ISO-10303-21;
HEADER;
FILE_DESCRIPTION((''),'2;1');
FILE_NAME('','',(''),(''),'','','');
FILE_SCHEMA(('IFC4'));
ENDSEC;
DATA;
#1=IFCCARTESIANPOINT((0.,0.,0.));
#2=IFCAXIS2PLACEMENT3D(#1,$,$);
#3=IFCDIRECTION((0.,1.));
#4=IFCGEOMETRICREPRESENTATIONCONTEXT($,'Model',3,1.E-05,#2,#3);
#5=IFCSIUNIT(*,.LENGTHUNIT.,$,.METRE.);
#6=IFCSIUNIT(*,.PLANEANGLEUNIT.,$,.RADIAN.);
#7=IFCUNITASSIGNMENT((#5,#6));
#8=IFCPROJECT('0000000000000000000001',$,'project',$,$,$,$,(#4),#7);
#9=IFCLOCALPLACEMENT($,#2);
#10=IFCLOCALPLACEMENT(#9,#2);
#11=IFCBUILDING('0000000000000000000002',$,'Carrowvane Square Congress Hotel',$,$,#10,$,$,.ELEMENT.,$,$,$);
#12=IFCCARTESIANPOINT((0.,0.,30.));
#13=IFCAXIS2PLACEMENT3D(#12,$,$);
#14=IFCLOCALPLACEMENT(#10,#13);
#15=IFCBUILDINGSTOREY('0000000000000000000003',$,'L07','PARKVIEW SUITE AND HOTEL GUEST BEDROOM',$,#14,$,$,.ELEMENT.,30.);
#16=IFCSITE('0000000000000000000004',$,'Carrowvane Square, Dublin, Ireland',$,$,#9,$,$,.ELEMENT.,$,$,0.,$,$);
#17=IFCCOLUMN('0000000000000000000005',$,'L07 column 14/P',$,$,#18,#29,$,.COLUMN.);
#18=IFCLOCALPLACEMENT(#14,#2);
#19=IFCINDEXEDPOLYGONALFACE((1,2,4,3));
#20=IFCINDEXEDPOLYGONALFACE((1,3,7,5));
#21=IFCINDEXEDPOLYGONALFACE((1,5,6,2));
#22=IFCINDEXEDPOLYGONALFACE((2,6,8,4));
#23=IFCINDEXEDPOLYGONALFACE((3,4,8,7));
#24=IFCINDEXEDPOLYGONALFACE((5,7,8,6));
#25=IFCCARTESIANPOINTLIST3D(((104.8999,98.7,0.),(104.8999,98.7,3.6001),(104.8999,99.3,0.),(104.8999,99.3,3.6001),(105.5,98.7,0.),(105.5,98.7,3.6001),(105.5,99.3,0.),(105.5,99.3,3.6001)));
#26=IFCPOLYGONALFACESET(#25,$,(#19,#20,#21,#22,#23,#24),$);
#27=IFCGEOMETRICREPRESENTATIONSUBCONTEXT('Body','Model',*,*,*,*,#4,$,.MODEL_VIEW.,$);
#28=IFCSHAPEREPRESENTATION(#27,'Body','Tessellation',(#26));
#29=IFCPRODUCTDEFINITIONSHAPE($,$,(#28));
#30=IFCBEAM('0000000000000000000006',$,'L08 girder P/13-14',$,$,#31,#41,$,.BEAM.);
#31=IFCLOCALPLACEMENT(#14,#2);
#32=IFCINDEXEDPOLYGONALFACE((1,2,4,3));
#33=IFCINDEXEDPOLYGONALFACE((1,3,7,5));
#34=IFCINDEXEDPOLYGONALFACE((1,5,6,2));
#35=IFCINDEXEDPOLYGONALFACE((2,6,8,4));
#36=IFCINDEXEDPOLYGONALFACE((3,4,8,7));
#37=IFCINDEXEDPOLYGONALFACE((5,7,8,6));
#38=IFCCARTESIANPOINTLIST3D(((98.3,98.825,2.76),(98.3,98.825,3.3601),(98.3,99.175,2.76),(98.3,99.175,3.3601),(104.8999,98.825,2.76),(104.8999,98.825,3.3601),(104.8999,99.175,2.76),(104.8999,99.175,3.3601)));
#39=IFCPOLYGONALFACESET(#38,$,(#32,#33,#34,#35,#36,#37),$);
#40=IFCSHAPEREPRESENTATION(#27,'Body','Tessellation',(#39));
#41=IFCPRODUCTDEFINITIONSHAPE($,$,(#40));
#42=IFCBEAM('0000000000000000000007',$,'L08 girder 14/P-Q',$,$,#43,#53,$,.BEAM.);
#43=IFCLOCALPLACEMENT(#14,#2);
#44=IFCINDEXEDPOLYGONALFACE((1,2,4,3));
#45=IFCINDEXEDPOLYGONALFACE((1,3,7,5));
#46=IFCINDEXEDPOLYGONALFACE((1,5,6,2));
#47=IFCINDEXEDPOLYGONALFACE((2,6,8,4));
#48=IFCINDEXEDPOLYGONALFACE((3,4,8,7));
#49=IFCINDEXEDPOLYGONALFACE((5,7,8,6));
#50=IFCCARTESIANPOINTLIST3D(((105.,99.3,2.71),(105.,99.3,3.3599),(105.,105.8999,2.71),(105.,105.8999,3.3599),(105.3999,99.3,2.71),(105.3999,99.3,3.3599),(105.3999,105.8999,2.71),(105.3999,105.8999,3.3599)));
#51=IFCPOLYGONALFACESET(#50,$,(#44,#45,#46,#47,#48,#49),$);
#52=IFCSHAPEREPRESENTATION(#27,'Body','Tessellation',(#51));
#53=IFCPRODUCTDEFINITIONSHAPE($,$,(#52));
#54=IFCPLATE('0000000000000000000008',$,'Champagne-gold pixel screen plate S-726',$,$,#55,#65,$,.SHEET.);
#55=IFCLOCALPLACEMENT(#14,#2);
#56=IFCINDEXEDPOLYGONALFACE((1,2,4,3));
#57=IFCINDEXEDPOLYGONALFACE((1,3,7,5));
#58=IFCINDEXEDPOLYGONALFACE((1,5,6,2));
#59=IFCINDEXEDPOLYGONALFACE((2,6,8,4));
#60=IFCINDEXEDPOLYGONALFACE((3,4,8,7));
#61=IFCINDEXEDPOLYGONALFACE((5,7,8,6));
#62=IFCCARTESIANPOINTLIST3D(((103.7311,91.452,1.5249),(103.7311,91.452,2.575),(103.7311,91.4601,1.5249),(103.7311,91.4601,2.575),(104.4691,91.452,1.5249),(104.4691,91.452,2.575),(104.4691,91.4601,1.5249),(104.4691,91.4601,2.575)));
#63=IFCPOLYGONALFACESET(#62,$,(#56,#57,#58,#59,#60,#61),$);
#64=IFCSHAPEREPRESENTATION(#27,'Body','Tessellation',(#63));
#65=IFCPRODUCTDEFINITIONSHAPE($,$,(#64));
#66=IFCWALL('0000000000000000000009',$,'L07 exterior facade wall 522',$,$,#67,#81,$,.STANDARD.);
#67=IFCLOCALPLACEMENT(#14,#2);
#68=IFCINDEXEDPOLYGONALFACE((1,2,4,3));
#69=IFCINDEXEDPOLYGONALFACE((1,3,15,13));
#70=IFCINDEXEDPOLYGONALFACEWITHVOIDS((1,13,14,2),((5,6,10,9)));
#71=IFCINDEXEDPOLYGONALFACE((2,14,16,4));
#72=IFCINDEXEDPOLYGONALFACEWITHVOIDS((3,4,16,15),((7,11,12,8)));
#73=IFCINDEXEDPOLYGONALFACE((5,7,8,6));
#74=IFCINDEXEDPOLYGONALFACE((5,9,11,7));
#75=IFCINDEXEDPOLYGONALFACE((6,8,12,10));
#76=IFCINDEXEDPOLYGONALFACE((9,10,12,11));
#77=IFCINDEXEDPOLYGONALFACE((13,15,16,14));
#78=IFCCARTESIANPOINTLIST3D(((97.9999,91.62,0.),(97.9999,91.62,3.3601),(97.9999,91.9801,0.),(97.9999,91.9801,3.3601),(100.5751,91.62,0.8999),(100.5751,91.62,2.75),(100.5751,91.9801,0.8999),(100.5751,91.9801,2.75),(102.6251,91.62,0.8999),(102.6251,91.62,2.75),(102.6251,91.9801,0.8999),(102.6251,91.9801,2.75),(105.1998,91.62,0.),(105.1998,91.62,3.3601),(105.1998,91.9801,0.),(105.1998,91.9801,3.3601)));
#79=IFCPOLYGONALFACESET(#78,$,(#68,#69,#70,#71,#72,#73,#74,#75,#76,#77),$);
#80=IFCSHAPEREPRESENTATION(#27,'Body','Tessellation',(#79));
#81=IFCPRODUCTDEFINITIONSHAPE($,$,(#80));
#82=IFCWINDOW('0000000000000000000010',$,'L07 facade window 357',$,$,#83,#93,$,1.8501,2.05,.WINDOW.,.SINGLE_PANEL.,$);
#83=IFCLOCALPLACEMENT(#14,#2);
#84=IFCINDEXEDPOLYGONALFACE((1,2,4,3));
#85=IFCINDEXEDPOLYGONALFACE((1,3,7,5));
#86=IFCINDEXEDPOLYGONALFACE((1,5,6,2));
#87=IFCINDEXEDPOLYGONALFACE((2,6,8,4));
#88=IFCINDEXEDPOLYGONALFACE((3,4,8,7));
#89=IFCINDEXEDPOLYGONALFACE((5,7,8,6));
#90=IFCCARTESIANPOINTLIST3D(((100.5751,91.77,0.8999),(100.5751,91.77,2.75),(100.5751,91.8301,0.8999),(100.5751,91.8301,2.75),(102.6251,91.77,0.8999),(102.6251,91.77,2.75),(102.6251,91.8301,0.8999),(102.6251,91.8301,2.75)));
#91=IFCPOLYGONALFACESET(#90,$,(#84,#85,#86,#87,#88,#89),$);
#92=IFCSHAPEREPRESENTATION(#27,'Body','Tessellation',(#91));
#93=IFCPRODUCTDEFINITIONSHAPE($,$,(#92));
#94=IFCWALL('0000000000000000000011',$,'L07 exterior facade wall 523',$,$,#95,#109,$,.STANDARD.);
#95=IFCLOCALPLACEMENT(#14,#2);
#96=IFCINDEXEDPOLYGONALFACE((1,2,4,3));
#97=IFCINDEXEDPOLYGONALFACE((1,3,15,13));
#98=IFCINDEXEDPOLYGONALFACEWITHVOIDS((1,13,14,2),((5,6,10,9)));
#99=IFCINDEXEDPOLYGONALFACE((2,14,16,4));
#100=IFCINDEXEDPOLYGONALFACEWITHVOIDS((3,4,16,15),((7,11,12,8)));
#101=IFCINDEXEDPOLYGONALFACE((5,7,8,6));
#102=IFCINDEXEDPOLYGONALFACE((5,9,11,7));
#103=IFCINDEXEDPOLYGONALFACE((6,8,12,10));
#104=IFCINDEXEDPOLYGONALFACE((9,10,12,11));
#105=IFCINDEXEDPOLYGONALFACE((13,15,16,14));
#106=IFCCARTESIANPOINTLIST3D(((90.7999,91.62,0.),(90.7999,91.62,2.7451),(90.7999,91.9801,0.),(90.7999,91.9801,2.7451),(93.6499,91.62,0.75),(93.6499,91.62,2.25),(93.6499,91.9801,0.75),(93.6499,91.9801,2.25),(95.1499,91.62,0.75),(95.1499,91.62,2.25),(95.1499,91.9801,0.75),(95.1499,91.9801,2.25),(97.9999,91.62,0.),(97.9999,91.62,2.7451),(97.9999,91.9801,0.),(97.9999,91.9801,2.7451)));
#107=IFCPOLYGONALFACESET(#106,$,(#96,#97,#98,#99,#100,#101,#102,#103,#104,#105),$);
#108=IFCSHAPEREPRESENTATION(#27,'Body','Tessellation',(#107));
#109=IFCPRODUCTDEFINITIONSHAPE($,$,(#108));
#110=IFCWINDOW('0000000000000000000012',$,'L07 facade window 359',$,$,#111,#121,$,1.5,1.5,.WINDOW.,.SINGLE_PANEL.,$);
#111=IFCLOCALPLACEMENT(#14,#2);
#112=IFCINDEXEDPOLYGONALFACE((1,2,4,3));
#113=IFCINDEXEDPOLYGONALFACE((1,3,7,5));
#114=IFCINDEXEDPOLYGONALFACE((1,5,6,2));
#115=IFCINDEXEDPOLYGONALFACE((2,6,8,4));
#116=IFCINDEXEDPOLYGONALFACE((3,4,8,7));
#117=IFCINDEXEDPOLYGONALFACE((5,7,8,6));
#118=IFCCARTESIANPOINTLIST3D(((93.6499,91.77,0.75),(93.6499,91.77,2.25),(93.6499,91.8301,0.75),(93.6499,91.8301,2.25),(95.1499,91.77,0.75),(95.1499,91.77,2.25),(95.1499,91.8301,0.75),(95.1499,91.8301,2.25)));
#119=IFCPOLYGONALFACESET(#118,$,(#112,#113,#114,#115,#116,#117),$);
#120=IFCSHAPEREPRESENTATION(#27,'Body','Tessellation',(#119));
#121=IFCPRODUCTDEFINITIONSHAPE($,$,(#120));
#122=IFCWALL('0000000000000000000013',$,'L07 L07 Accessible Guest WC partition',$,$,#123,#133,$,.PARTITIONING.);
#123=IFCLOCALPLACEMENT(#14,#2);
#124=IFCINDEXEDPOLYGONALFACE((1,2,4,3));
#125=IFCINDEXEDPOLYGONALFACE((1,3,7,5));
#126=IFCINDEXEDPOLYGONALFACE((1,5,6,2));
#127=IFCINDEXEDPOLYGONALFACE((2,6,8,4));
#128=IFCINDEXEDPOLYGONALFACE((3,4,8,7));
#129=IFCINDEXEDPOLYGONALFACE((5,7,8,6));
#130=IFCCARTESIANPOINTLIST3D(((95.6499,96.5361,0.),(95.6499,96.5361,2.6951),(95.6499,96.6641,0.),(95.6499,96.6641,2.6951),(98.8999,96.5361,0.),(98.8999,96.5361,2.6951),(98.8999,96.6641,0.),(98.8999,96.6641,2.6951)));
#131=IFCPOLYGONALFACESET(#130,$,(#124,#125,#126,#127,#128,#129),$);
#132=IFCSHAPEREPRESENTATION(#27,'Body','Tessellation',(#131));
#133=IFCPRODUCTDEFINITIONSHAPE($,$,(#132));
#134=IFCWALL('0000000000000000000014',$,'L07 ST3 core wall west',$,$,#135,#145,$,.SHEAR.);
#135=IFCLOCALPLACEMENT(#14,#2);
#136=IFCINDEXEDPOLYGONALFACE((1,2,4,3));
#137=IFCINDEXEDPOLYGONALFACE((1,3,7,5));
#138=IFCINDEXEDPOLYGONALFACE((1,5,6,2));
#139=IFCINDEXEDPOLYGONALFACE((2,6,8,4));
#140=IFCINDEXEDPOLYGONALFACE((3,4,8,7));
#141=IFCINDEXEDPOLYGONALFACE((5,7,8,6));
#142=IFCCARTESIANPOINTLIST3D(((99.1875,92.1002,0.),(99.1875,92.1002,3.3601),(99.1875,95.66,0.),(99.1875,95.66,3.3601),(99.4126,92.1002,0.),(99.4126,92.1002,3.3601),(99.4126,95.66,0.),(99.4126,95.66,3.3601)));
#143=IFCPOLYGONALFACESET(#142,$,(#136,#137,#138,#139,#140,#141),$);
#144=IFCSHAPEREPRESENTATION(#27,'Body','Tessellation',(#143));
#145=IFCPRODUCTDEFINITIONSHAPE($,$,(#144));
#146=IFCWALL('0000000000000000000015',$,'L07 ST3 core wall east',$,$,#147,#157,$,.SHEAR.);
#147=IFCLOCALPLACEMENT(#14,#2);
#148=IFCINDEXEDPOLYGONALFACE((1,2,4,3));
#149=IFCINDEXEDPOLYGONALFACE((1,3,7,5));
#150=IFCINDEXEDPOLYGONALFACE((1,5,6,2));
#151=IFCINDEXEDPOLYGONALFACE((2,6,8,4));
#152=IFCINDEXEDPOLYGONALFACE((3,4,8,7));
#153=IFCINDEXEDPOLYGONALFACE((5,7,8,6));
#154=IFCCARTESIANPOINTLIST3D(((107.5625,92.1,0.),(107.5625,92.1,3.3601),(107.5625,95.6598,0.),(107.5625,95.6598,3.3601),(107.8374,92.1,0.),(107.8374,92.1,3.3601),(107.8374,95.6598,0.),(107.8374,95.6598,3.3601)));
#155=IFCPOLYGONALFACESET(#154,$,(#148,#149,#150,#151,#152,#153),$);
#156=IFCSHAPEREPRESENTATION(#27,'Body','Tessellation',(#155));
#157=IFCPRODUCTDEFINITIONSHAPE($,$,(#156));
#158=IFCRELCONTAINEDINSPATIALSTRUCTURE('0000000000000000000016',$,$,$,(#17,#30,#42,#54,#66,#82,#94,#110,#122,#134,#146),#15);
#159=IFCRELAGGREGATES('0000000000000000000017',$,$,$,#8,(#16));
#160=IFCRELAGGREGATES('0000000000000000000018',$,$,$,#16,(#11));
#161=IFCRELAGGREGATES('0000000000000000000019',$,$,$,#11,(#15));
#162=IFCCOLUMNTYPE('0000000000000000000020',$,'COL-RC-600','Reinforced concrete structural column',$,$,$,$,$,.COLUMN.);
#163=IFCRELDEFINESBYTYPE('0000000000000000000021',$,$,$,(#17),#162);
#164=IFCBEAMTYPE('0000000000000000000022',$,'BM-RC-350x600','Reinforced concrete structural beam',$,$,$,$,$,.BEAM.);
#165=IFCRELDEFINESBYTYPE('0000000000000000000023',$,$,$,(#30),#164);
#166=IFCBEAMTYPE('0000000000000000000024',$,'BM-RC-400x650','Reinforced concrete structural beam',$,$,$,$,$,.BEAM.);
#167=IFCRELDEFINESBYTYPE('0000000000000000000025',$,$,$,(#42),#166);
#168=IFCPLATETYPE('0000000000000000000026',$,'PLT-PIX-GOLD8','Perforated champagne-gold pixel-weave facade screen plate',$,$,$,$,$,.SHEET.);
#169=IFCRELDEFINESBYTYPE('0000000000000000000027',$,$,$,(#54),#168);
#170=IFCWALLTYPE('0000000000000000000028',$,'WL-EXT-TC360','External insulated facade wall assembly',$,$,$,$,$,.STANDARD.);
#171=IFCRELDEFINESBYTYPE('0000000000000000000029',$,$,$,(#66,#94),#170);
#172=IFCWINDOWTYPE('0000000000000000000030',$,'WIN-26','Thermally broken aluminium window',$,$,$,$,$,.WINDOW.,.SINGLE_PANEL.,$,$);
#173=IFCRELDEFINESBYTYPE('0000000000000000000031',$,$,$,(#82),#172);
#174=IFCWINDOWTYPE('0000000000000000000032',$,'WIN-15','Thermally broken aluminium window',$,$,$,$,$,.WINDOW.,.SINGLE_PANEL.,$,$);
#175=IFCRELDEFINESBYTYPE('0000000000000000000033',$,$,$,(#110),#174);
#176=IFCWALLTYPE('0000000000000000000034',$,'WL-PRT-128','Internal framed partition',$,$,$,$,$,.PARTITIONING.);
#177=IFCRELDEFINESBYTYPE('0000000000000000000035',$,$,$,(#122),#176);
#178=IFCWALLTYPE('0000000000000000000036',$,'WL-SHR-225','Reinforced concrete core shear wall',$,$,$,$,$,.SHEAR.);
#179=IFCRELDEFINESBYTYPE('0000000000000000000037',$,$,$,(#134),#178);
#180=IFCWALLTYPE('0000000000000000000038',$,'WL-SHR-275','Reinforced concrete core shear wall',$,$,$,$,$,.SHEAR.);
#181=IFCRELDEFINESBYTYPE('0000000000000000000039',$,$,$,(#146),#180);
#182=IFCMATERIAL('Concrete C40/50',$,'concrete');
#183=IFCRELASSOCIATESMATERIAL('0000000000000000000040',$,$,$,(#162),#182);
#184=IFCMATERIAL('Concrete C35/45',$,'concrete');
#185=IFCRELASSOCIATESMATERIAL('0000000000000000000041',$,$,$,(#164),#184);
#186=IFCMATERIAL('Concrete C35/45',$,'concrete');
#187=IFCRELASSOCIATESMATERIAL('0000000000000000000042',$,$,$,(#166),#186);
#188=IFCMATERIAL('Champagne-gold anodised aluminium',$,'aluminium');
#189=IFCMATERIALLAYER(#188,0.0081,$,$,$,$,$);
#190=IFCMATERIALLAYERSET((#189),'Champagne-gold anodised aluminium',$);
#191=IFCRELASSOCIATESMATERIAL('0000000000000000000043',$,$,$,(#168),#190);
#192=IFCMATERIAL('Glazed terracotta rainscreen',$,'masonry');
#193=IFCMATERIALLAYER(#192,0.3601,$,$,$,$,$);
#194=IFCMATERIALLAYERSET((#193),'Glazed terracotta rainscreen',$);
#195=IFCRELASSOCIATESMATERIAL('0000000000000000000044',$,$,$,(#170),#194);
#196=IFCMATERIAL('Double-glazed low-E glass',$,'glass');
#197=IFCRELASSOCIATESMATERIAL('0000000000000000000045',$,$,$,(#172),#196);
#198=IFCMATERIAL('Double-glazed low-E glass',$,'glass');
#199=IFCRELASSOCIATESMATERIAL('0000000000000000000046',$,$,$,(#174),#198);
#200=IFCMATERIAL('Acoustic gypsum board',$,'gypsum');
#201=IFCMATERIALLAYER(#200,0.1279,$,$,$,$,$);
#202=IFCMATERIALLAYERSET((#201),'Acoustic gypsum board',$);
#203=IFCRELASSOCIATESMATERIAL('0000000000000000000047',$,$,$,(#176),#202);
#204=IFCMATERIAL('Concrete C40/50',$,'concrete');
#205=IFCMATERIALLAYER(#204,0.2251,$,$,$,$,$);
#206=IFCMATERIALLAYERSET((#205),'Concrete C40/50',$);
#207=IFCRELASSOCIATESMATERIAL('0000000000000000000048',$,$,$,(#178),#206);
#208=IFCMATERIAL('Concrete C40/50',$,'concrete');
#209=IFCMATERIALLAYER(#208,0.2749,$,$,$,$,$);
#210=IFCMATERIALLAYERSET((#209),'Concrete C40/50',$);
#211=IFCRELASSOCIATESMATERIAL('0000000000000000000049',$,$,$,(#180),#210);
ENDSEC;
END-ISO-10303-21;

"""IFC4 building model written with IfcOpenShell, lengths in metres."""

from ifc_helpers import new_model, si_unit, direction, frame, frame_2d, origin, origin_2d, place, context, subcontext, project, spatial, rectangle, extrude, material, layer, layer_set, material_profile, profile_set, type_object, element, fill, save


model = new_model("IFC4")

# Units and contexts
model_context = context("Model", 3, precision=1e-05, world=origin(), true_north=direction((0.0, 1.0)))
body_context = subcontext(model_context, "Body", "Model", "MODEL_VIEW")
ifc_project = project(units=[si_unit("LENGTHUNIT", "METRE"), si_unit("PLANEANGLEUNIT", "RADIAN")], contexts=[model_context])

# Site, building, storey
site_placement = place(None, origin())
site = spatial("IfcSite", under=ifc_project, at=site_placement, Name="Carrowvane Square, Dublin, Ireland", CompositionType="ELEMENT", RefElevation=0.0)
building_placement = place(site_placement, origin())
building = spatial("IfcBuilding", under=site, at=building_placement, Name="Carrowvane Square Congress Hotel", CompositionType="ELEMENT")
storey_placement = place(building_placement, frame((0.0, 0.0, 30.0)))
storey = spatial("IfcBuildingStorey", under=building, at=storey_placement, Name="L07", Description="PARKVIEW SUITE AND HOTEL GUEST BEDROOM", CompositionType="ELEMENT", Elevation=30.0)

# Column
ifc_material_1 = material(Name="Concrete C40/50", Category="concrete")
ifc_material_profile_1 = material_profile(ifc_material_1, rectangle(XDim=0.6001, YDim=0.6001, at=origin_2d()), Name="RC 600x600")
ifc_profile_set_1 = profile_set([ifc_material_profile_1], Name="Concrete C40/50")
column_type = type_object("IfcColumnType", Name="COL-RC-600", Description="Reinforced concrete structural column", PredefinedType="COLUMN", material=ifc_profile_set_1)
column_placement = place(storey_placement, frame((105.2, 99.0, 0.0), z_axis=(0.0, 0.0, 1.0), x_axis=(1.0, 0.0, 0.0)))
element("IfcColumn", 1, at=column_placement, inside=storey, type_object=column_type, Name="L07 column 14/P", PredefinedType="COLUMN", context=body_context, shape_type="SweptSolid", body=[
    extrude(rectangle(XDim=0.6001, YDim=0.6001, at=origin_2d()), origin(), (0.0, 0.0, 1.0), 3.6001),
])

# Beams
ifc_material_2 = material(Name="Concrete C35/45", Category="concrete")
ifc_material_profile_2 = material_profile(ifc_material_2, rectangle(XDim=0.3501, YDim=0.6001, at=origin_2d()), Name="RC 350x600")
ifc_profile_set_2 = profile_set([ifc_material_profile_2], Name="Concrete C35/45")
beam_type_1 = type_object("IfcBeamType", Name="BM-RC-350x600", Description="Reinforced concrete structural beam", PredefinedType="BEAM", material=ifc_profile_set_2)
beam_1_placement = place(storey_placement, frame((98.3, 99.0, 3.0601), z_axis=(1.0, 0.0, 0.0), x_axis=(0.0, 1.0, 0.0)))
element("IfcBeam", 2, at=beam_1_placement, inside=storey, type_object=beam_type_1, Name="L08 girder P/13-14", PredefinedType="BEAM", context=body_context, shape_type="SweptSolid", body=[
    extrude(rectangle(XDim=0.3501, YDim=0.6001, at=origin_2d()), origin(), (0.0, 0.0, 1.0), 6.5999),
])
ifc_material_3 = material(Name="Concrete C35/45", Category="concrete")
ifc_material_profile_3 = material_profile(ifc_material_3, rectangle(XDim=0.3999, YDim=0.6499, at=origin_2d()), Name="RC 400x650")
ifc_profile_set_3 = profile_set([ifc_material_profile_3], Name="Concrete C35/45")
beam_type_2 = type_object("IfcBeamType", Name="BM-RC-400x650", Description="Reinforced concrete structural beam", PredefinedType="BEAM", material=ifc_profile_set_3)
beam_2_placement = place(storey_placement, frame((105.2, 99.3, 3.0349), z_axis=(0.0, 1.0, 0.0), x_axis=(-1.0, 0.0, 0.0)))
element("IfcBeam", 3, at=beam_2_placement, inside=storey, type_object=beam_type_2, Name="L08 girder 14/P-Q", PredefinedType="BEAM", context=body_context, shape_type="SweptSolid", body=[
    extrude(rectangle(XDim=0.3999, YDim=0.6499, at=origin_2d()), origin(), (0.0, 0.0, 1.0), 6.5999),
])

# Plate
ifc_material_4 = material(Name="Champagne-gold anodised aluminium", Category="aluminium")
ifc_layer_1 = layer(ifc_material_4, 0.0081)
ifc_layer_set_1 = layer_set([ifc_layer_1], Name="Champagne-gold anodised aluminium")
plate_type = type_object("IfcPlateType", Name="PLT-PIX-GOLD8", Description="Perforated champagne-gold pixel-weave facade screen plate", PredefinedType="SHEET", material=ifc_layer_set_1)
plate_placement = place(storey_placement, frame((104.1001, 91.4561, 1.5249), z_axis=(0.0, 0.0, 1.0), x_axis=(-1.0, 0.0, 0.0)))
element("IfcPlate", 4, at=plate_placement, inside=storey, type_object=plate_type, Name="Champagne-gold pixel screen plate S-726", PredefinedType="SHEET", context=body_context, shape_type="SweptSolid", body=[
    extrude(rectangle(XDim=0.738, YDim=0.0081, at=origin_2d()), origin(), (0.0, 0.0, 1.0), 1.05),
])

# Walls, openings, windows
ifc_material_5 = material(Name="Glazed terracotta rainscreen", Category="masonry")
ifc_layer_2 = layer(ifc_material_5, 0.3601)
ifc_layer_set_2 = layer_set([ifc_layer_2], Name="Glazed terracotta rainscreen")
wall_type_1 = type_object("IfcWallType", Name="WL-EXT-TC360", Description="External insulated facade wall assembly", PredefinedType="STANDARD", material=ifc_layer_set_2)
wall_1_placement = place(storey_placement, frame((105.2, 91.8, 0.0), z_axis=(0.0, 0.0, 1.0), x_axis=(-1.0, 0.0, 0.0)))
wall_1 = element("IfcWall", 5, at=wall_1_placement, inside=storey, type_object=wall_type_1, Name="L07 exterior facade wall 522", PredefinedType="STANDARD", context=body_context, shape_type="SweptSolid", body=[
    extrude(rectangle(XDim=7.2, YDim=0.3601, at=frame_2d((3.6001, 0.0))), origin(), (0.0, 0.0, 1.0), 3.3601),
])
opening_1_placement = place(wall_1_placement, frame((2.575, 0.0, 0.8999)))
opening_1 = element("IfcOpeningElement", 6, at=opening_1_placement, cuts=wall_1, PredefinedType="OPENING", context=body_context, shape_type="SweptSolid", body=[
    extrude(rectangle(XDim=2.05, YDim=1.8501, at=frame_2d((1.0249, 0.925))), frame((0.0, 0.1899, 0.0), z_axis=(0.0, -1.0, 0.0), x_axis=(1.0, 0.0, 0.0)), (0.0, 0.0, 1.0), 0.3801),
])
ifc_material_6 = material(Name="Double-glazed low-E glass", Category="glass")
window_type_1 = type_object("IfcWindowType", Name="WIN-26", Description="Thermally broken aluminium window", PartitioningType="SINGLE_PANEL", PredefinedType="WINDOW", material=ifc_material_6)
window_1_placement = place(opening_1_placement, origin())
window_1 = element("IfcWindow", 7, at=window_1_placement, inside=storey, type_object=window_type_1, Name="L07 facade window 357", OverallHeight=1.8501, OverallWidth=2.05, PartitioningType="SINGLE_PANEL", PredefinedType="WINDOW", context=body_context, shape_type="SweptSolid", body=[
    extrude(rectangle(XDim=2.05, YDim=1.8501, at=frame_2d((1.0249, 0.925))), frame((0.0, 0.03, 0.0), z_axis=(0.0, -1.0, 0.0), x_axis=(1.0, 0.0, 0.0)), (0.0, 0.0, 1.0), 0.0601),
])
fill(opening_1, window_1)
wall_2_placement = place(storey_placement, frame((98.0, 91.8, 0.0), z_axis=(0.0, 0.0, 1.0), x_axis=(-1.0, 0.0, 0.0)))
wall_2 = element("IfcWall", 8, at=wall_2_placement, inside=storey, type_object=wall_type_1, Name="L07 exterior facade wall 523", PredefinedType="STANDARD", context=body_context, shape_type="SweptSolid", body=[
    extrude(rectangle(XDim=7.2, YDim=0.3601, at=frame_2d((3.6001, 0.0))), origin(), (0.0, 0.0, 1.0), 2.7451),
])
opening_2_placement = place(wall_2_placement, frame((2.8501, 0.0, 0.75)))
opening_2 = element("IfcOpeningElement", 9, at=opening_2_placement, cuts=wall_2, PredefinedType="OPENING", context=body_context, shape_type="SweptSolid", body=[
    extrude(rectangle(XDim=1.5, YDim=1.5, at=frame_2d((0.75, 0.75))), frame((0.0, 0.1899, 0.0), z_axis=(0.0, -1.0, 0.0), x_axis=(1.0, 0.0, 0.0)), (0.0, 0.0, 1.0), 0.3801),
])
ifc_material_7 = material(Name="Double-glazed low-E glass", Category="glass")
window_type_2 = type_object("IfcWindowType", Name="WIN-15", Description="Thermally broken aluminium window", PartitioningType="SINGLE_PANEL", PredefinedType="WINDOW", material=ifc_material_7)
window_2_placement = place(opening_2_placement, origin())
window_2 = element("IfcWindow", 10, at=window_2_placement, inside=storey, type_object=window_type_2, Name="L07 facade window 359", OverallHeight=1.5, OverallWidth=1.5, PartitioningType="SINGLE_PANEL", PredefinedType="WINDOW", context=body_context, shape_type="SweptSolid", body=[
    extrude(rectangle(XDim=1.5, YDim=1.5, at=frame_2d((0.75, 0.75))), frame((0.0, 0.03, 0.0), z_axis=(0.0, -1.0, 0.0), x_axis=(1.0, 0.0, 0.0)), (0.0, 0.0, 1.0), 0.0601),
])
fill(opening_2, window_2)

# Walls
ifc_material_8 = material(Name="Acoustic gypsum board", Category="gypsum")
ifc_layer_3 = layer(ifc_material_8, 0.1279)
ifc_layer_set_3 = layer_set([ifc_layer_3], Name="Acoustic gypsum board")
wall_type_2 = type_object("IfcWallType", Name="WL-PRT-128", Description="Internal framed partition", PredefinedType="PARTITIONING", material=ifc_layer_set_3)
wall_3_placement = place(storey_placement, frame((98.8999, 96.6001, 0.0), z_axis=(0.0, 0.0, 1.0), x_axis=(-1.0, 0.0, 0.0)))
element("IfcWall", 11, at=wall_3_placement, inside=storey, type_object=wall_type_2, Name="L07 L07 Accessible Guest WC partition", PredefinedType="PARTITIONING", context=body_context, shape_type="SweptSolid", body=[
    extrude(rectangle(XDim=3.25, YDim=0.1279, at=frame_2d((1.625, 0.0))), origin(), (0.0, 0.0, 1.0), 2.6951),
])
ifc_material_9 = material(Name="Concrete C40/50", Category="concrete")
ifc_layer_4 = layer(ifc_material_9, 0.2251)
ifc_layer_set_4 = layer_set([ifc_layer_4], Name="Concrete C40/50")
wall_type_3 = type_object("IfcWallType", Name="WL-SHR-225", Description="Reinforced concrete core shear wall", PredefinedType="SHEAR", material=ifc_layer_set_4)
wall_4_placement = place(storey_placement, frame((99.3, 95.6599, 0.0), z_axis=(0.0, 0.0, 1.0), x_axis=(0.0, -1.0, 0.0)))
element("IfcWall", 12, at=wall_4_placement, inside=storey, type_object=wall_type_3, Name="L07 ST3 core wall west", PredefinedType="SHEAR", context=body_context, shape_type="SweptSolid", body=[
    extrude(rectangle(XDim=3.5598, YDim=0.2251, at=frame_2d((1.7798, 0.0))), origin(), (0.0, 0.0, 1.0), 3.3601),
])
ifc_material_10 = material(Name="Concrete C40/50", Category="concrete")
ifc_layer_5 = layer(ifc_material_10, 0.2749)
ifc_layer_set_5 = layer_set([ifc_layer_5], Name="Concrete C40/50")
wall_type_4 = type_object("IfcWallType", Name="WL-SHR-275", Description="Reinforced concrete core shear wall", PredefinedType="SHEAR", material=ifc_layer_set_5)
wall_5_placement = place(storey_placement, frame((107.7, 92.1001, 0.0), z_axis=(0.0, 0.0, 1.0), x_axis=(0.0, 1.0, 0.0)))
element("IfcWall", 13, at=wall_5_placement, inside=storey, type_object=wall_type_4, Name="L07 ST3 core wall east", PredefinedType="SHEAR", context=body_context, shape_type="SweptSolid", body=[
    extrude(rectangle(XDim=3.5598, YDim=0.2749, at=frame_2d((1.7798, 0.0))), origin(), (0.0, 0.0, 1.0), 3.3601),
])

save(model, "model.ifc")
